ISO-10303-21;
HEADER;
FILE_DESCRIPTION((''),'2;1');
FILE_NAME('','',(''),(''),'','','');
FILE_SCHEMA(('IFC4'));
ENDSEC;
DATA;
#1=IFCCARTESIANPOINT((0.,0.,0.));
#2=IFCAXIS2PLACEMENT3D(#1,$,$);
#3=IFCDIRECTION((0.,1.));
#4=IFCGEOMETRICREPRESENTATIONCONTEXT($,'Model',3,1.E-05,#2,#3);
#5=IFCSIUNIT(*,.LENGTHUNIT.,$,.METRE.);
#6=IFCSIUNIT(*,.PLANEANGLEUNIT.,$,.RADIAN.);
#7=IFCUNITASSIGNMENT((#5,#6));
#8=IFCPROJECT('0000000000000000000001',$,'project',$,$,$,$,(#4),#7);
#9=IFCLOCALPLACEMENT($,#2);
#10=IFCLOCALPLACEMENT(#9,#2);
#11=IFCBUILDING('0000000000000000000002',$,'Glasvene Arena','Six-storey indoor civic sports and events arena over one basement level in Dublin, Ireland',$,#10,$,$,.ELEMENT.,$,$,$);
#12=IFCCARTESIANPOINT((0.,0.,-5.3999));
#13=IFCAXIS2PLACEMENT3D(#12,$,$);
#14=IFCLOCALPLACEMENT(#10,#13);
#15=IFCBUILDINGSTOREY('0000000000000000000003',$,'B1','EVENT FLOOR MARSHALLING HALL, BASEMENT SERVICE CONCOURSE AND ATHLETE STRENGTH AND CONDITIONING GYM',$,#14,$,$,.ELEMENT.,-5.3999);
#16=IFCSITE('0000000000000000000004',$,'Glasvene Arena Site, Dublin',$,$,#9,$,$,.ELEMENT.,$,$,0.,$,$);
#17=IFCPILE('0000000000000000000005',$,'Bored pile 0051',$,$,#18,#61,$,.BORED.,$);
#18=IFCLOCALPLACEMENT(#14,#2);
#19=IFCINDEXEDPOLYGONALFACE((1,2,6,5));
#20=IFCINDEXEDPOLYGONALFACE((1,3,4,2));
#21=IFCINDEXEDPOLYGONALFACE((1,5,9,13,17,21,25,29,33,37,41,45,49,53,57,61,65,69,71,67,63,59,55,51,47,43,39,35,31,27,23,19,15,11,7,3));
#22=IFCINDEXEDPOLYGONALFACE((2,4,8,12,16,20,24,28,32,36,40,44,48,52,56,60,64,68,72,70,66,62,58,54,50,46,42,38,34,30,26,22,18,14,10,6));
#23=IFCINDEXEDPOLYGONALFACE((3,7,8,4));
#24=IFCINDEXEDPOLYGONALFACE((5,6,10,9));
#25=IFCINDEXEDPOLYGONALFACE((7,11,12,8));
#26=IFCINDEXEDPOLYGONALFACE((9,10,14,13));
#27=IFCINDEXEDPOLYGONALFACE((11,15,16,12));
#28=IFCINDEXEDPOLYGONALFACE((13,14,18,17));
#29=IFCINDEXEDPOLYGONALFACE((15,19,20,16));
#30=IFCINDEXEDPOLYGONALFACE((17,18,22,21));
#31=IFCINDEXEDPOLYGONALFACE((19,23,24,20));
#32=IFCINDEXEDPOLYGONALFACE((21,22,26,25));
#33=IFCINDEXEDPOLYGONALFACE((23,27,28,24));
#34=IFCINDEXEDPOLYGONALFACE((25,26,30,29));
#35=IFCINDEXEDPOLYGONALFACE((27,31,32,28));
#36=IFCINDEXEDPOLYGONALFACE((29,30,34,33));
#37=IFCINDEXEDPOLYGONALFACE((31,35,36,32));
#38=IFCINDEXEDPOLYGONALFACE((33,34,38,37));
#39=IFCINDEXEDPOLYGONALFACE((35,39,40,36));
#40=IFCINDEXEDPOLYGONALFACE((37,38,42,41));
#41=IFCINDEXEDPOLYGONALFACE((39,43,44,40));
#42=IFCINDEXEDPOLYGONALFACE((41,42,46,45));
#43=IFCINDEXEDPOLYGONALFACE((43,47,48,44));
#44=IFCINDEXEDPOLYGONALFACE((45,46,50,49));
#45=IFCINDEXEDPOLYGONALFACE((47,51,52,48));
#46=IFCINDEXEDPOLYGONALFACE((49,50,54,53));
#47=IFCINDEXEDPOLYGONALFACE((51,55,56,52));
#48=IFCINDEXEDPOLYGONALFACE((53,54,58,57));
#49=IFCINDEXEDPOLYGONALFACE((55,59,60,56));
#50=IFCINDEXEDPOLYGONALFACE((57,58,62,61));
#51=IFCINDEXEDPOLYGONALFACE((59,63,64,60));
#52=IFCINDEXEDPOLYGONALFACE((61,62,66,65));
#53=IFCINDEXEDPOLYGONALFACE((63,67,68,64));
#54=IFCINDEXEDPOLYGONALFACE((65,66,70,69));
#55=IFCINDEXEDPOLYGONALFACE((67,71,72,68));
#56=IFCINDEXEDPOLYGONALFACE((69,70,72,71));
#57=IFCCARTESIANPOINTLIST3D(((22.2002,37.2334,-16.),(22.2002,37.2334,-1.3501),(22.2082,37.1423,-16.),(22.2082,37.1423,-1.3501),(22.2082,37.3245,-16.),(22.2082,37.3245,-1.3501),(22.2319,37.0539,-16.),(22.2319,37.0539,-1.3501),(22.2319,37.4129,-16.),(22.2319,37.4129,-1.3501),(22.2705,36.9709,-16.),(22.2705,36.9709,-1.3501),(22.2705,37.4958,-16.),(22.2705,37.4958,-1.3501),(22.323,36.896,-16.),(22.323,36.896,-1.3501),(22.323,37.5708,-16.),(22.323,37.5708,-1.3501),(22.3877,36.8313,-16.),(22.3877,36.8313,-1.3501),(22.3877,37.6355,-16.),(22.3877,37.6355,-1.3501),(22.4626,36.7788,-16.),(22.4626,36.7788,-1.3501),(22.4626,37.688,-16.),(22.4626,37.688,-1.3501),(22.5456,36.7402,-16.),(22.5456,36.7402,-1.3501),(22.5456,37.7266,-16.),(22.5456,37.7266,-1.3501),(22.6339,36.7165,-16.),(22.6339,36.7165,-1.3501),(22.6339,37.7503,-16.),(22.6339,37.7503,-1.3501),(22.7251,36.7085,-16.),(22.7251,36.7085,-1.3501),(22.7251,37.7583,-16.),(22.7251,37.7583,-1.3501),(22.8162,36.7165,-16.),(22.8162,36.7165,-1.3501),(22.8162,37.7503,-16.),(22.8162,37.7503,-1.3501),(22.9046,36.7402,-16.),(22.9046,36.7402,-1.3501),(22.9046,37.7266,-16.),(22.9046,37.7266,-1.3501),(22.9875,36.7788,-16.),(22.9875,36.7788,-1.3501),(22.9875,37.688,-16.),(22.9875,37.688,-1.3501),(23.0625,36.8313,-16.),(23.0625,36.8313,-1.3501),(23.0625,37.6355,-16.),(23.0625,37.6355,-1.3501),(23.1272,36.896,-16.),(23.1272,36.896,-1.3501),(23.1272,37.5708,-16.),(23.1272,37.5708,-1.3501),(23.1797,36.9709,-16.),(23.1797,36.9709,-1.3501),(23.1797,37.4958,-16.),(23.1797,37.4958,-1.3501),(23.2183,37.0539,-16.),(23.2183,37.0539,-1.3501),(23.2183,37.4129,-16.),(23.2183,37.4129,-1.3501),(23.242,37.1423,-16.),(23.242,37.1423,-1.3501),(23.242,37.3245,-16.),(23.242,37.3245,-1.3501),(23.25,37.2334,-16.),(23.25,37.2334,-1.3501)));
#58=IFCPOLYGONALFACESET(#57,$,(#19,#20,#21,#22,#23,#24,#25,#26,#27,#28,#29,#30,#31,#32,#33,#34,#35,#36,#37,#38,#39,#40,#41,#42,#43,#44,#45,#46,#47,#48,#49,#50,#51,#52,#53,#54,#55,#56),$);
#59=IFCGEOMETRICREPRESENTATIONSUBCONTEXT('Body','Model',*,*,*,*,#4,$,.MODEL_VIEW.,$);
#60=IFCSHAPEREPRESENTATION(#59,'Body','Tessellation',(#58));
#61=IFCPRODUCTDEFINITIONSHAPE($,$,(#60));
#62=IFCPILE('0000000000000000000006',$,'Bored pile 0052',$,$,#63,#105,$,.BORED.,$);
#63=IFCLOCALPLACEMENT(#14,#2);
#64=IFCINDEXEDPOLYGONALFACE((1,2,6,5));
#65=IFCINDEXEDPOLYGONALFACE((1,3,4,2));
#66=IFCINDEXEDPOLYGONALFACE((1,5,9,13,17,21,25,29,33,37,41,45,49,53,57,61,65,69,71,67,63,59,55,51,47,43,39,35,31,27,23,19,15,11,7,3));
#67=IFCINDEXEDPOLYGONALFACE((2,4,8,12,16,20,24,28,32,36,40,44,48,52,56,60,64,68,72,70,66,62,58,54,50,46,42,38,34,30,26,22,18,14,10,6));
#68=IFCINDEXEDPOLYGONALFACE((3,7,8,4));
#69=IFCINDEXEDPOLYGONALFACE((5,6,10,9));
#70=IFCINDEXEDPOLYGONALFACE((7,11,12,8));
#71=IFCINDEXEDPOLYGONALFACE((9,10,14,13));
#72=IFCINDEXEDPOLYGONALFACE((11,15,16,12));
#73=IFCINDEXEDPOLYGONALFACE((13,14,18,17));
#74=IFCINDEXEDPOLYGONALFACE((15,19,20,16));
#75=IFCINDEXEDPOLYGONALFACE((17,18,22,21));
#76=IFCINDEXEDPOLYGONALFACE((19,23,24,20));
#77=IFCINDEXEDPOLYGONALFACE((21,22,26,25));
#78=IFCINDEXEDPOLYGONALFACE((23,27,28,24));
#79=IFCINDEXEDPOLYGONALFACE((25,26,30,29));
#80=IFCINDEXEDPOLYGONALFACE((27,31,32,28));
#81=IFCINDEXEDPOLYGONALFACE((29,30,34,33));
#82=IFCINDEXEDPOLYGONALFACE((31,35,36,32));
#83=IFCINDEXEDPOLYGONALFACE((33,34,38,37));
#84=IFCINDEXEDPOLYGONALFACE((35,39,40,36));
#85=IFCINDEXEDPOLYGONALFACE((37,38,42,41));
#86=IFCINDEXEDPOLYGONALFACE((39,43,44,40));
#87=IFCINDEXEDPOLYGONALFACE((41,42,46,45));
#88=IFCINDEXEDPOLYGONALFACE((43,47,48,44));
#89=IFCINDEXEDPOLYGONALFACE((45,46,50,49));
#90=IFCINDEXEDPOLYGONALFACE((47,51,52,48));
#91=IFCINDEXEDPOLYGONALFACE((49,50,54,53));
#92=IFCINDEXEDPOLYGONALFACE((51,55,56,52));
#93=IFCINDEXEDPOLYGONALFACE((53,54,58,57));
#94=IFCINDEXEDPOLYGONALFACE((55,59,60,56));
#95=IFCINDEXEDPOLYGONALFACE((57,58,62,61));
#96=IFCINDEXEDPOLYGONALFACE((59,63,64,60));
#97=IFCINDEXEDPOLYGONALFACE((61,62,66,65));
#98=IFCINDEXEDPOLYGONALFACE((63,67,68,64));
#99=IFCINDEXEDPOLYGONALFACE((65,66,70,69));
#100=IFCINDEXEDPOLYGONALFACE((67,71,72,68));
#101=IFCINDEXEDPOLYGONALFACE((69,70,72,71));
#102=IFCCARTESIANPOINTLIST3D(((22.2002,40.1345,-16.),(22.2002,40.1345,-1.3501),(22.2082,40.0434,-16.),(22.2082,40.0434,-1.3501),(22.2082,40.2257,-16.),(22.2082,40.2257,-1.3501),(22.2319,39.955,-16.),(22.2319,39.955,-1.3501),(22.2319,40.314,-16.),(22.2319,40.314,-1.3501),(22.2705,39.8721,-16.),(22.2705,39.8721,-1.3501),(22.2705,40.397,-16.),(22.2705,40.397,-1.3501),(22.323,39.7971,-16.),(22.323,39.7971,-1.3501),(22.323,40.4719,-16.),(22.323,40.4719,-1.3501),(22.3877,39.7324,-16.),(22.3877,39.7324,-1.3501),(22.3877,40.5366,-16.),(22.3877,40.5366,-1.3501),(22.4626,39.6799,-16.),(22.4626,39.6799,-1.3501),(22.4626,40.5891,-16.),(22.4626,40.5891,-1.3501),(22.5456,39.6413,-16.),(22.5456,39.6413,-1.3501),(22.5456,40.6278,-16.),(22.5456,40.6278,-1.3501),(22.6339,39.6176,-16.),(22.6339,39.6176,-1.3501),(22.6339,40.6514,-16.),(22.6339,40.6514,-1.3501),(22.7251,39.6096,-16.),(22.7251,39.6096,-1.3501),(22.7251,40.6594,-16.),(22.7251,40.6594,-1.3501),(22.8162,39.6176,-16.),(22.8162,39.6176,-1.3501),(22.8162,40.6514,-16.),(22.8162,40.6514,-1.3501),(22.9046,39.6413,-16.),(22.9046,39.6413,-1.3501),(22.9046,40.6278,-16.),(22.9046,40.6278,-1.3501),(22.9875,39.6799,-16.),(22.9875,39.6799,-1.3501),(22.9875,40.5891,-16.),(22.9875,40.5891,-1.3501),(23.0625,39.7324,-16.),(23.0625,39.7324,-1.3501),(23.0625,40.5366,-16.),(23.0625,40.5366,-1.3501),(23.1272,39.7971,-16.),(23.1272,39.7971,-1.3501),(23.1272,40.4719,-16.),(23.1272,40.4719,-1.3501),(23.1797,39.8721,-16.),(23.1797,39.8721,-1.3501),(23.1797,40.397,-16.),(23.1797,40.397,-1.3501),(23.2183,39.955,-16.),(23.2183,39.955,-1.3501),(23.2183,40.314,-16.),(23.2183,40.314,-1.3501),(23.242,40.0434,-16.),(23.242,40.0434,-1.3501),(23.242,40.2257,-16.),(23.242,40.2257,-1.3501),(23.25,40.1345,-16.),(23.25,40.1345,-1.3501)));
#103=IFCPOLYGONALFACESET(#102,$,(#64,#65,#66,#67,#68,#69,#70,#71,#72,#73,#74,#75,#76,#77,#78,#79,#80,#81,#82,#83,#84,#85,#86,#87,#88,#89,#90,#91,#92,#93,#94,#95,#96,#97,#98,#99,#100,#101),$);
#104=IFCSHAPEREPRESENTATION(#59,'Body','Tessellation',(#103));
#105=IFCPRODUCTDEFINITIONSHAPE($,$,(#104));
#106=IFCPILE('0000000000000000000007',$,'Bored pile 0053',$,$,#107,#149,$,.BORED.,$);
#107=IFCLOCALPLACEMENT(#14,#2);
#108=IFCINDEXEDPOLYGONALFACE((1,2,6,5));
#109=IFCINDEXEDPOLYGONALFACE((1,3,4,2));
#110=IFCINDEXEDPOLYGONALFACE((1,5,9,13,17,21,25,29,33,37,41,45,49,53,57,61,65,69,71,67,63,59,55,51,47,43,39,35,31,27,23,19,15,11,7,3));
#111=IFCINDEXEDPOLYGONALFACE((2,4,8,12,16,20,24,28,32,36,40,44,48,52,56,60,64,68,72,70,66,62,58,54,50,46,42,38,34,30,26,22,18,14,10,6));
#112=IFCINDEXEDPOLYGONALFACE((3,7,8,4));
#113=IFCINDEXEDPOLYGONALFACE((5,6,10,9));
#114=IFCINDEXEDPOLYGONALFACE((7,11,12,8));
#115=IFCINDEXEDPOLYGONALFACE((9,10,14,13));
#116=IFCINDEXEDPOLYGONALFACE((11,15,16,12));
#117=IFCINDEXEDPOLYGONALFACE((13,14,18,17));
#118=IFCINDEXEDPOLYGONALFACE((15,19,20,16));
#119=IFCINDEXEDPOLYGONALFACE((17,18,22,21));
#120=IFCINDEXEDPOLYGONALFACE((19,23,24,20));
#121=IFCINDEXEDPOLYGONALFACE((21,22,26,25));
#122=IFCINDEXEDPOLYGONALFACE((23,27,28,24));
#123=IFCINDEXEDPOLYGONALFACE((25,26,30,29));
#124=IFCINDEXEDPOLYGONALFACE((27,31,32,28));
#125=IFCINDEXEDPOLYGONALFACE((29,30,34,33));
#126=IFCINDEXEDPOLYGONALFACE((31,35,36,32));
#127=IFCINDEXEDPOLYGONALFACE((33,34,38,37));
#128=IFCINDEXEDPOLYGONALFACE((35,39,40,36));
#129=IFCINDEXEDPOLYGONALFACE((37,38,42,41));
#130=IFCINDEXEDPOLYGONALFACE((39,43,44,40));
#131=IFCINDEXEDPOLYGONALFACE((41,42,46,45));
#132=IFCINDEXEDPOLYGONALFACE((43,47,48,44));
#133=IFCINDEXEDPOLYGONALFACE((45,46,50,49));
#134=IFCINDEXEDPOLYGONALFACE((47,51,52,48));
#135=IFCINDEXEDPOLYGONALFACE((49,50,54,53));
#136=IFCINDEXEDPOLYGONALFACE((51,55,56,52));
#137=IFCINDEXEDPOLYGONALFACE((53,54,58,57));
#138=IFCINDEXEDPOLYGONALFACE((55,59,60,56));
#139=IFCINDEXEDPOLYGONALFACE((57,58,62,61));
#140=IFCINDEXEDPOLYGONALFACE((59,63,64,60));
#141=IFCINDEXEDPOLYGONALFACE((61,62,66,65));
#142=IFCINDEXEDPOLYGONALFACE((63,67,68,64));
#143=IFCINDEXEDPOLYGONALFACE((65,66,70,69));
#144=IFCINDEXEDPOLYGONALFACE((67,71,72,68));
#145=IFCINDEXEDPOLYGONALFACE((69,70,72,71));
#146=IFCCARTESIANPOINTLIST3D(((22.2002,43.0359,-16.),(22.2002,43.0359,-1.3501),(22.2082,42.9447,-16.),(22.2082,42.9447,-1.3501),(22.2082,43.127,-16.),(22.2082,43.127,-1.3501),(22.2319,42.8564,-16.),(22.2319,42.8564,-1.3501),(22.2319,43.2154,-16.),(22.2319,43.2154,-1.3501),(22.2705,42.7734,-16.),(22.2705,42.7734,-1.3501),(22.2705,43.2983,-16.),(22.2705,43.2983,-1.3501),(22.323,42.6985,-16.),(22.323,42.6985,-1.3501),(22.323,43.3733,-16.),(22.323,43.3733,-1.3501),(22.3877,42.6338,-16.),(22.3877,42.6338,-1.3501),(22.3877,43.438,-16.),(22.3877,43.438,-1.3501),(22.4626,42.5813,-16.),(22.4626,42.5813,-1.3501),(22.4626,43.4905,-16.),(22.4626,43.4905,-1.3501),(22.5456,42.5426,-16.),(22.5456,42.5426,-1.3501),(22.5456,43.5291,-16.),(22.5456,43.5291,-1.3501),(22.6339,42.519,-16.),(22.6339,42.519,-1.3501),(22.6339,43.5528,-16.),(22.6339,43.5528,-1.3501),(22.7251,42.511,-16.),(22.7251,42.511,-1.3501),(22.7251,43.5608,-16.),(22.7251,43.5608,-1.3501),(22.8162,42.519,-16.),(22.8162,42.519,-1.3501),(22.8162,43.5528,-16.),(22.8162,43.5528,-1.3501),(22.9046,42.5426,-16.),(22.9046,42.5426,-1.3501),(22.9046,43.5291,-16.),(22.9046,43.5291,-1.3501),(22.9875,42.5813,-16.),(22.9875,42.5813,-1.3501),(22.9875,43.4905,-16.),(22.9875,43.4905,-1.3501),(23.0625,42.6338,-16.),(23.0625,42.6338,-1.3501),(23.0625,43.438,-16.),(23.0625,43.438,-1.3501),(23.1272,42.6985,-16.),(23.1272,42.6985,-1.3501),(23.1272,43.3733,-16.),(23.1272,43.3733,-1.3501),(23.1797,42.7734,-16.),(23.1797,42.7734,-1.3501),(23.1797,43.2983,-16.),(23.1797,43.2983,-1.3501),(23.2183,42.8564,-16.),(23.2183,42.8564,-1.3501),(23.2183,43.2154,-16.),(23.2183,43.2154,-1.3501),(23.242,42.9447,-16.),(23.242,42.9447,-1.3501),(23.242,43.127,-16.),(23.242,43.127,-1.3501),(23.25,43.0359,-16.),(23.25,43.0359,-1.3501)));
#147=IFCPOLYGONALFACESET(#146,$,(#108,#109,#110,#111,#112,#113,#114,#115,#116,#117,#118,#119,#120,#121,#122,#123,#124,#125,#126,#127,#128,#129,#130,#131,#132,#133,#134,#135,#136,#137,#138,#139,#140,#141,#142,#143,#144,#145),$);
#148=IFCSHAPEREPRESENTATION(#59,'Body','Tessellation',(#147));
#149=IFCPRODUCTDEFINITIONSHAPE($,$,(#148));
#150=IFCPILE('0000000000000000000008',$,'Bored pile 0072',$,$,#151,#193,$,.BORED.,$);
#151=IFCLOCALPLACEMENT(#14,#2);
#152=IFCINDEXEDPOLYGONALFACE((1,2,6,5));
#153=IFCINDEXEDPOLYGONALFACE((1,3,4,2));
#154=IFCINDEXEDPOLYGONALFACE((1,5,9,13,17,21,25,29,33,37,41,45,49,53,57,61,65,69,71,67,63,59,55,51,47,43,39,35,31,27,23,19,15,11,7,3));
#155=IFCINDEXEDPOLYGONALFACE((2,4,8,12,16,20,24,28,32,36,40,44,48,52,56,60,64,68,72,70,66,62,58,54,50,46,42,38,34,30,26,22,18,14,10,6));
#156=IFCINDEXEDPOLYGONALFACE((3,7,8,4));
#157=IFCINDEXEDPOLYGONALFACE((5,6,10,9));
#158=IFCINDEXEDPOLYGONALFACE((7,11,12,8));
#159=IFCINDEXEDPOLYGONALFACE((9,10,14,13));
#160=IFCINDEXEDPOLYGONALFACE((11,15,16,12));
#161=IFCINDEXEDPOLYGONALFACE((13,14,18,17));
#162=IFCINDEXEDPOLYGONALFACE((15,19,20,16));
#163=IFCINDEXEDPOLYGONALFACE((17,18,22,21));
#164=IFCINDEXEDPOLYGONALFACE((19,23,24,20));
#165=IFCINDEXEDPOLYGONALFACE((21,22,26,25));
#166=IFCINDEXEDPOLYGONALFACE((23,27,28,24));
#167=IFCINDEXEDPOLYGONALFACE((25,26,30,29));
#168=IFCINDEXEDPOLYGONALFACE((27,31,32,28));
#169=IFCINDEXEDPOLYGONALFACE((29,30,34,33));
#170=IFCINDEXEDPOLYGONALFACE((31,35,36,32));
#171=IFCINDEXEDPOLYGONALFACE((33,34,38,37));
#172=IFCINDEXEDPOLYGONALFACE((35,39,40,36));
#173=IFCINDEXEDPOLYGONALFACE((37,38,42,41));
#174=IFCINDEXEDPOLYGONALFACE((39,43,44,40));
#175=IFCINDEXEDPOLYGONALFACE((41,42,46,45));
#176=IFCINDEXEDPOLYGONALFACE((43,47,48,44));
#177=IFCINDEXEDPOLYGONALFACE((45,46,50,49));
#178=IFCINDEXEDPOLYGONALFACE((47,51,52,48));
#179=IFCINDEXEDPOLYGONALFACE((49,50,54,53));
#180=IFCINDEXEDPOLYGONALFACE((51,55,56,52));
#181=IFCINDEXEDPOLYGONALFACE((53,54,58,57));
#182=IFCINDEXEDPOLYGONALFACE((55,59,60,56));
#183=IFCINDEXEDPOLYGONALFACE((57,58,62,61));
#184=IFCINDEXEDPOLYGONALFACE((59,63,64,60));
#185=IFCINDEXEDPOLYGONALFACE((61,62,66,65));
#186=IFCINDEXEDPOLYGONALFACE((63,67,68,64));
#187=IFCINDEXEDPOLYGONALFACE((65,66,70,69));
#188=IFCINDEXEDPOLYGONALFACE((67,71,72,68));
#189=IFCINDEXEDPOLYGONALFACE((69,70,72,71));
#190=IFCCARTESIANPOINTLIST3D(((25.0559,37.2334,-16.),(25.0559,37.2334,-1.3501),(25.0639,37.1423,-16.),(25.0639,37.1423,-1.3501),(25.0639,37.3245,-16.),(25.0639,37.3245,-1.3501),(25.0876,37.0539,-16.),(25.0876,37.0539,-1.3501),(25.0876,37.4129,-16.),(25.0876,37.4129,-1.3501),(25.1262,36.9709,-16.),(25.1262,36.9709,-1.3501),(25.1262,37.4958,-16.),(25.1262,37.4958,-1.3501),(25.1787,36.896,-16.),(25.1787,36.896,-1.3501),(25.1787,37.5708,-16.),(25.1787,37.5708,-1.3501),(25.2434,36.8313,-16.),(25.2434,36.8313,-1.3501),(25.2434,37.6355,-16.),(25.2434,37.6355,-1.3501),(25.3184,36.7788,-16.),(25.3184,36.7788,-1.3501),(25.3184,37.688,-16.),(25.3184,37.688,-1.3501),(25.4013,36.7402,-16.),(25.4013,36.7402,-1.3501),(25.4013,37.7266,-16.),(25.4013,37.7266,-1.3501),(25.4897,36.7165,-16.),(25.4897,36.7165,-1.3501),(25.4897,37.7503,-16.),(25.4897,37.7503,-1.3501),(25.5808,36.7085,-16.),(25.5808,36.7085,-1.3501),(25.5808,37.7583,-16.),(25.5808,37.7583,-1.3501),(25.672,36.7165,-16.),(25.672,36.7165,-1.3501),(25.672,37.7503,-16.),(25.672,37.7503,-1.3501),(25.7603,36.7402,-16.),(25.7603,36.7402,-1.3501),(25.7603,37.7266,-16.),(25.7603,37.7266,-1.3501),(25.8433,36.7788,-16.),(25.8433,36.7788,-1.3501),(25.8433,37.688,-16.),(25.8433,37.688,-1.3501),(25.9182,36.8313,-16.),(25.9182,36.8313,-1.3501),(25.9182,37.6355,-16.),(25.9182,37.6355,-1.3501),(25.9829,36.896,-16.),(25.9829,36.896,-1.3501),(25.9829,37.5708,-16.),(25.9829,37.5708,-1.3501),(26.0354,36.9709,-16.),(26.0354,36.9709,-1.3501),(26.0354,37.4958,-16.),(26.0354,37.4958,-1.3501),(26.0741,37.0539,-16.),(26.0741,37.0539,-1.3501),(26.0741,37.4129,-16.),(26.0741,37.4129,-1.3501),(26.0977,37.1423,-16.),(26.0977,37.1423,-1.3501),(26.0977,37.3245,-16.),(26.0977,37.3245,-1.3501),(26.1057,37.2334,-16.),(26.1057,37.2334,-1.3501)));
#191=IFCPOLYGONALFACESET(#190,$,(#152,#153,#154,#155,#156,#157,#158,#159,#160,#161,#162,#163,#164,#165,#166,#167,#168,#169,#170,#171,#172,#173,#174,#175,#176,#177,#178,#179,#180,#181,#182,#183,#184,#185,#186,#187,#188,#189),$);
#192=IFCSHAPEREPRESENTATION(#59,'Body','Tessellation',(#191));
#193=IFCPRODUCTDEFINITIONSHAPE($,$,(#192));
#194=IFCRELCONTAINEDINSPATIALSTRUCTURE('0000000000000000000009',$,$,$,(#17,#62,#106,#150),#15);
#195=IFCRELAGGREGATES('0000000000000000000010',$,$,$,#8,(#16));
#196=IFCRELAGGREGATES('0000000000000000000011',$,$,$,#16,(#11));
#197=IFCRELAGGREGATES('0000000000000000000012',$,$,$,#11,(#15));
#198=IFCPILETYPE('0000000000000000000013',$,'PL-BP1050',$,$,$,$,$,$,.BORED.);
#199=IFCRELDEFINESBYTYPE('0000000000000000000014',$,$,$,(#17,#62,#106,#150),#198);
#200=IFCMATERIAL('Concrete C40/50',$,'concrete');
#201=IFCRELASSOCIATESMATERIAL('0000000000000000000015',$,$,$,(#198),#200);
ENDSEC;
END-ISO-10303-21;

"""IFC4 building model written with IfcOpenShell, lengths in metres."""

from ifc_helpers import new_model, si_unit, direction, frame, origin, origin_2d, place, context, subcontext, project, spatial, circle, extrude, material, material_profile, profile_set, type_object, element, save


model = new_model("IFC4")

# Units and contexts
model_context = context("Model", 3, precision=1e-05, world=origin(), true_north=direction((0.0, 1.0)))
body_context = subcontext(model_context, "Body", "Model", "MODEL_VIEW")
ifc_project = project(units=[si_unit("LENGTHUNIT", "METRE"), si_unit("PLANEANGLEUNIT", "RADIAN")], contexts=[model_context])

# Site, building, storey
site_placement = place(None, origin())
site = spatial("IfcSite", under=ifc_project, at=site_placement, Name="Glasvene Arena Site, Dublin", CompositionType="ELEMENT", RefElevation=0.0)
building_placement = place(site_placement, origin())
building = spatial("IfcBuilding", under=site, at=building_placement, Name="Glasvene Arena", Description="Six-storey indoor civic sports and events arena over one basement level in Dublin, Ireland", CompositionType="ELEMENT")
storey_placement = place(building_placement, frame((0.0, 0.0, -5.3999)))
storey = spatial("IfcBuildingStorey", under=building, at=storey_placement, Name="B1", Description="EVENT FLOOR MARSHALLING HALL, BASEMENT SERVICE CONCOURSE AND ATHLETE STRENGTH AND CONDITIONING GYM", CompositionType="ELEMENT", Elevation=-5.3999)

# Piles
ifc_material_1 = material(Name="Concrete C40/50", Category="concrete")
ifc_material_profile_1 = material_profile(ifc_material_1, circle(Radius=0.5249, at=origin_2d()), Name="BORED PILE 1050")
ifc_profile_set_1 = profile_set([ifc_material_profile_1], Name="Concrete C40/50")
pile_type = type_object("IfcPileType", Name="PL-BP1050", PredefinedType="BORED", material=ifc_profile_set_1)
for number, where, z_axis, x_axis, name in (
    (1, (22.7251, 37.2334, -1.3501), (0.0, 0.0, -1.0), (1.0, 0.0, 0.0), "Bored pile 0051"),
    (2, (22.7251, 40.1345, -1.3501), (0.0, 0.0, -1.0), (1.0, 0.0, 0.0), "Bored pile 0052"),
    (3, (22.7251, 43.0359, -1.3501), (0.0, 0.0, -1.0), (1.0, 0.0, 0.0), "Bored pile 0053"),
    (4, (25.5808, 37.2334, -1.3501), (0.0, 0.0, -1.0), (1.0, 0.0, 0.0), "Bored pile 0072"),
):
    element("IfcPile", number, at=place(storey_placement, frame(where, z_axis=z_axis, x_axis=x_axis)), inside=storey, type_object=pile_type, Name=name, PredefinedType="BORED", context=body_context, shape_type="SweptSolid", body=[
        extrude(circle(Radius=0.5249, at=origin_2d()), origin(), (0.0, 0.0, 1.0), 14.6499),
    ])

save(model, "model.ifc")
